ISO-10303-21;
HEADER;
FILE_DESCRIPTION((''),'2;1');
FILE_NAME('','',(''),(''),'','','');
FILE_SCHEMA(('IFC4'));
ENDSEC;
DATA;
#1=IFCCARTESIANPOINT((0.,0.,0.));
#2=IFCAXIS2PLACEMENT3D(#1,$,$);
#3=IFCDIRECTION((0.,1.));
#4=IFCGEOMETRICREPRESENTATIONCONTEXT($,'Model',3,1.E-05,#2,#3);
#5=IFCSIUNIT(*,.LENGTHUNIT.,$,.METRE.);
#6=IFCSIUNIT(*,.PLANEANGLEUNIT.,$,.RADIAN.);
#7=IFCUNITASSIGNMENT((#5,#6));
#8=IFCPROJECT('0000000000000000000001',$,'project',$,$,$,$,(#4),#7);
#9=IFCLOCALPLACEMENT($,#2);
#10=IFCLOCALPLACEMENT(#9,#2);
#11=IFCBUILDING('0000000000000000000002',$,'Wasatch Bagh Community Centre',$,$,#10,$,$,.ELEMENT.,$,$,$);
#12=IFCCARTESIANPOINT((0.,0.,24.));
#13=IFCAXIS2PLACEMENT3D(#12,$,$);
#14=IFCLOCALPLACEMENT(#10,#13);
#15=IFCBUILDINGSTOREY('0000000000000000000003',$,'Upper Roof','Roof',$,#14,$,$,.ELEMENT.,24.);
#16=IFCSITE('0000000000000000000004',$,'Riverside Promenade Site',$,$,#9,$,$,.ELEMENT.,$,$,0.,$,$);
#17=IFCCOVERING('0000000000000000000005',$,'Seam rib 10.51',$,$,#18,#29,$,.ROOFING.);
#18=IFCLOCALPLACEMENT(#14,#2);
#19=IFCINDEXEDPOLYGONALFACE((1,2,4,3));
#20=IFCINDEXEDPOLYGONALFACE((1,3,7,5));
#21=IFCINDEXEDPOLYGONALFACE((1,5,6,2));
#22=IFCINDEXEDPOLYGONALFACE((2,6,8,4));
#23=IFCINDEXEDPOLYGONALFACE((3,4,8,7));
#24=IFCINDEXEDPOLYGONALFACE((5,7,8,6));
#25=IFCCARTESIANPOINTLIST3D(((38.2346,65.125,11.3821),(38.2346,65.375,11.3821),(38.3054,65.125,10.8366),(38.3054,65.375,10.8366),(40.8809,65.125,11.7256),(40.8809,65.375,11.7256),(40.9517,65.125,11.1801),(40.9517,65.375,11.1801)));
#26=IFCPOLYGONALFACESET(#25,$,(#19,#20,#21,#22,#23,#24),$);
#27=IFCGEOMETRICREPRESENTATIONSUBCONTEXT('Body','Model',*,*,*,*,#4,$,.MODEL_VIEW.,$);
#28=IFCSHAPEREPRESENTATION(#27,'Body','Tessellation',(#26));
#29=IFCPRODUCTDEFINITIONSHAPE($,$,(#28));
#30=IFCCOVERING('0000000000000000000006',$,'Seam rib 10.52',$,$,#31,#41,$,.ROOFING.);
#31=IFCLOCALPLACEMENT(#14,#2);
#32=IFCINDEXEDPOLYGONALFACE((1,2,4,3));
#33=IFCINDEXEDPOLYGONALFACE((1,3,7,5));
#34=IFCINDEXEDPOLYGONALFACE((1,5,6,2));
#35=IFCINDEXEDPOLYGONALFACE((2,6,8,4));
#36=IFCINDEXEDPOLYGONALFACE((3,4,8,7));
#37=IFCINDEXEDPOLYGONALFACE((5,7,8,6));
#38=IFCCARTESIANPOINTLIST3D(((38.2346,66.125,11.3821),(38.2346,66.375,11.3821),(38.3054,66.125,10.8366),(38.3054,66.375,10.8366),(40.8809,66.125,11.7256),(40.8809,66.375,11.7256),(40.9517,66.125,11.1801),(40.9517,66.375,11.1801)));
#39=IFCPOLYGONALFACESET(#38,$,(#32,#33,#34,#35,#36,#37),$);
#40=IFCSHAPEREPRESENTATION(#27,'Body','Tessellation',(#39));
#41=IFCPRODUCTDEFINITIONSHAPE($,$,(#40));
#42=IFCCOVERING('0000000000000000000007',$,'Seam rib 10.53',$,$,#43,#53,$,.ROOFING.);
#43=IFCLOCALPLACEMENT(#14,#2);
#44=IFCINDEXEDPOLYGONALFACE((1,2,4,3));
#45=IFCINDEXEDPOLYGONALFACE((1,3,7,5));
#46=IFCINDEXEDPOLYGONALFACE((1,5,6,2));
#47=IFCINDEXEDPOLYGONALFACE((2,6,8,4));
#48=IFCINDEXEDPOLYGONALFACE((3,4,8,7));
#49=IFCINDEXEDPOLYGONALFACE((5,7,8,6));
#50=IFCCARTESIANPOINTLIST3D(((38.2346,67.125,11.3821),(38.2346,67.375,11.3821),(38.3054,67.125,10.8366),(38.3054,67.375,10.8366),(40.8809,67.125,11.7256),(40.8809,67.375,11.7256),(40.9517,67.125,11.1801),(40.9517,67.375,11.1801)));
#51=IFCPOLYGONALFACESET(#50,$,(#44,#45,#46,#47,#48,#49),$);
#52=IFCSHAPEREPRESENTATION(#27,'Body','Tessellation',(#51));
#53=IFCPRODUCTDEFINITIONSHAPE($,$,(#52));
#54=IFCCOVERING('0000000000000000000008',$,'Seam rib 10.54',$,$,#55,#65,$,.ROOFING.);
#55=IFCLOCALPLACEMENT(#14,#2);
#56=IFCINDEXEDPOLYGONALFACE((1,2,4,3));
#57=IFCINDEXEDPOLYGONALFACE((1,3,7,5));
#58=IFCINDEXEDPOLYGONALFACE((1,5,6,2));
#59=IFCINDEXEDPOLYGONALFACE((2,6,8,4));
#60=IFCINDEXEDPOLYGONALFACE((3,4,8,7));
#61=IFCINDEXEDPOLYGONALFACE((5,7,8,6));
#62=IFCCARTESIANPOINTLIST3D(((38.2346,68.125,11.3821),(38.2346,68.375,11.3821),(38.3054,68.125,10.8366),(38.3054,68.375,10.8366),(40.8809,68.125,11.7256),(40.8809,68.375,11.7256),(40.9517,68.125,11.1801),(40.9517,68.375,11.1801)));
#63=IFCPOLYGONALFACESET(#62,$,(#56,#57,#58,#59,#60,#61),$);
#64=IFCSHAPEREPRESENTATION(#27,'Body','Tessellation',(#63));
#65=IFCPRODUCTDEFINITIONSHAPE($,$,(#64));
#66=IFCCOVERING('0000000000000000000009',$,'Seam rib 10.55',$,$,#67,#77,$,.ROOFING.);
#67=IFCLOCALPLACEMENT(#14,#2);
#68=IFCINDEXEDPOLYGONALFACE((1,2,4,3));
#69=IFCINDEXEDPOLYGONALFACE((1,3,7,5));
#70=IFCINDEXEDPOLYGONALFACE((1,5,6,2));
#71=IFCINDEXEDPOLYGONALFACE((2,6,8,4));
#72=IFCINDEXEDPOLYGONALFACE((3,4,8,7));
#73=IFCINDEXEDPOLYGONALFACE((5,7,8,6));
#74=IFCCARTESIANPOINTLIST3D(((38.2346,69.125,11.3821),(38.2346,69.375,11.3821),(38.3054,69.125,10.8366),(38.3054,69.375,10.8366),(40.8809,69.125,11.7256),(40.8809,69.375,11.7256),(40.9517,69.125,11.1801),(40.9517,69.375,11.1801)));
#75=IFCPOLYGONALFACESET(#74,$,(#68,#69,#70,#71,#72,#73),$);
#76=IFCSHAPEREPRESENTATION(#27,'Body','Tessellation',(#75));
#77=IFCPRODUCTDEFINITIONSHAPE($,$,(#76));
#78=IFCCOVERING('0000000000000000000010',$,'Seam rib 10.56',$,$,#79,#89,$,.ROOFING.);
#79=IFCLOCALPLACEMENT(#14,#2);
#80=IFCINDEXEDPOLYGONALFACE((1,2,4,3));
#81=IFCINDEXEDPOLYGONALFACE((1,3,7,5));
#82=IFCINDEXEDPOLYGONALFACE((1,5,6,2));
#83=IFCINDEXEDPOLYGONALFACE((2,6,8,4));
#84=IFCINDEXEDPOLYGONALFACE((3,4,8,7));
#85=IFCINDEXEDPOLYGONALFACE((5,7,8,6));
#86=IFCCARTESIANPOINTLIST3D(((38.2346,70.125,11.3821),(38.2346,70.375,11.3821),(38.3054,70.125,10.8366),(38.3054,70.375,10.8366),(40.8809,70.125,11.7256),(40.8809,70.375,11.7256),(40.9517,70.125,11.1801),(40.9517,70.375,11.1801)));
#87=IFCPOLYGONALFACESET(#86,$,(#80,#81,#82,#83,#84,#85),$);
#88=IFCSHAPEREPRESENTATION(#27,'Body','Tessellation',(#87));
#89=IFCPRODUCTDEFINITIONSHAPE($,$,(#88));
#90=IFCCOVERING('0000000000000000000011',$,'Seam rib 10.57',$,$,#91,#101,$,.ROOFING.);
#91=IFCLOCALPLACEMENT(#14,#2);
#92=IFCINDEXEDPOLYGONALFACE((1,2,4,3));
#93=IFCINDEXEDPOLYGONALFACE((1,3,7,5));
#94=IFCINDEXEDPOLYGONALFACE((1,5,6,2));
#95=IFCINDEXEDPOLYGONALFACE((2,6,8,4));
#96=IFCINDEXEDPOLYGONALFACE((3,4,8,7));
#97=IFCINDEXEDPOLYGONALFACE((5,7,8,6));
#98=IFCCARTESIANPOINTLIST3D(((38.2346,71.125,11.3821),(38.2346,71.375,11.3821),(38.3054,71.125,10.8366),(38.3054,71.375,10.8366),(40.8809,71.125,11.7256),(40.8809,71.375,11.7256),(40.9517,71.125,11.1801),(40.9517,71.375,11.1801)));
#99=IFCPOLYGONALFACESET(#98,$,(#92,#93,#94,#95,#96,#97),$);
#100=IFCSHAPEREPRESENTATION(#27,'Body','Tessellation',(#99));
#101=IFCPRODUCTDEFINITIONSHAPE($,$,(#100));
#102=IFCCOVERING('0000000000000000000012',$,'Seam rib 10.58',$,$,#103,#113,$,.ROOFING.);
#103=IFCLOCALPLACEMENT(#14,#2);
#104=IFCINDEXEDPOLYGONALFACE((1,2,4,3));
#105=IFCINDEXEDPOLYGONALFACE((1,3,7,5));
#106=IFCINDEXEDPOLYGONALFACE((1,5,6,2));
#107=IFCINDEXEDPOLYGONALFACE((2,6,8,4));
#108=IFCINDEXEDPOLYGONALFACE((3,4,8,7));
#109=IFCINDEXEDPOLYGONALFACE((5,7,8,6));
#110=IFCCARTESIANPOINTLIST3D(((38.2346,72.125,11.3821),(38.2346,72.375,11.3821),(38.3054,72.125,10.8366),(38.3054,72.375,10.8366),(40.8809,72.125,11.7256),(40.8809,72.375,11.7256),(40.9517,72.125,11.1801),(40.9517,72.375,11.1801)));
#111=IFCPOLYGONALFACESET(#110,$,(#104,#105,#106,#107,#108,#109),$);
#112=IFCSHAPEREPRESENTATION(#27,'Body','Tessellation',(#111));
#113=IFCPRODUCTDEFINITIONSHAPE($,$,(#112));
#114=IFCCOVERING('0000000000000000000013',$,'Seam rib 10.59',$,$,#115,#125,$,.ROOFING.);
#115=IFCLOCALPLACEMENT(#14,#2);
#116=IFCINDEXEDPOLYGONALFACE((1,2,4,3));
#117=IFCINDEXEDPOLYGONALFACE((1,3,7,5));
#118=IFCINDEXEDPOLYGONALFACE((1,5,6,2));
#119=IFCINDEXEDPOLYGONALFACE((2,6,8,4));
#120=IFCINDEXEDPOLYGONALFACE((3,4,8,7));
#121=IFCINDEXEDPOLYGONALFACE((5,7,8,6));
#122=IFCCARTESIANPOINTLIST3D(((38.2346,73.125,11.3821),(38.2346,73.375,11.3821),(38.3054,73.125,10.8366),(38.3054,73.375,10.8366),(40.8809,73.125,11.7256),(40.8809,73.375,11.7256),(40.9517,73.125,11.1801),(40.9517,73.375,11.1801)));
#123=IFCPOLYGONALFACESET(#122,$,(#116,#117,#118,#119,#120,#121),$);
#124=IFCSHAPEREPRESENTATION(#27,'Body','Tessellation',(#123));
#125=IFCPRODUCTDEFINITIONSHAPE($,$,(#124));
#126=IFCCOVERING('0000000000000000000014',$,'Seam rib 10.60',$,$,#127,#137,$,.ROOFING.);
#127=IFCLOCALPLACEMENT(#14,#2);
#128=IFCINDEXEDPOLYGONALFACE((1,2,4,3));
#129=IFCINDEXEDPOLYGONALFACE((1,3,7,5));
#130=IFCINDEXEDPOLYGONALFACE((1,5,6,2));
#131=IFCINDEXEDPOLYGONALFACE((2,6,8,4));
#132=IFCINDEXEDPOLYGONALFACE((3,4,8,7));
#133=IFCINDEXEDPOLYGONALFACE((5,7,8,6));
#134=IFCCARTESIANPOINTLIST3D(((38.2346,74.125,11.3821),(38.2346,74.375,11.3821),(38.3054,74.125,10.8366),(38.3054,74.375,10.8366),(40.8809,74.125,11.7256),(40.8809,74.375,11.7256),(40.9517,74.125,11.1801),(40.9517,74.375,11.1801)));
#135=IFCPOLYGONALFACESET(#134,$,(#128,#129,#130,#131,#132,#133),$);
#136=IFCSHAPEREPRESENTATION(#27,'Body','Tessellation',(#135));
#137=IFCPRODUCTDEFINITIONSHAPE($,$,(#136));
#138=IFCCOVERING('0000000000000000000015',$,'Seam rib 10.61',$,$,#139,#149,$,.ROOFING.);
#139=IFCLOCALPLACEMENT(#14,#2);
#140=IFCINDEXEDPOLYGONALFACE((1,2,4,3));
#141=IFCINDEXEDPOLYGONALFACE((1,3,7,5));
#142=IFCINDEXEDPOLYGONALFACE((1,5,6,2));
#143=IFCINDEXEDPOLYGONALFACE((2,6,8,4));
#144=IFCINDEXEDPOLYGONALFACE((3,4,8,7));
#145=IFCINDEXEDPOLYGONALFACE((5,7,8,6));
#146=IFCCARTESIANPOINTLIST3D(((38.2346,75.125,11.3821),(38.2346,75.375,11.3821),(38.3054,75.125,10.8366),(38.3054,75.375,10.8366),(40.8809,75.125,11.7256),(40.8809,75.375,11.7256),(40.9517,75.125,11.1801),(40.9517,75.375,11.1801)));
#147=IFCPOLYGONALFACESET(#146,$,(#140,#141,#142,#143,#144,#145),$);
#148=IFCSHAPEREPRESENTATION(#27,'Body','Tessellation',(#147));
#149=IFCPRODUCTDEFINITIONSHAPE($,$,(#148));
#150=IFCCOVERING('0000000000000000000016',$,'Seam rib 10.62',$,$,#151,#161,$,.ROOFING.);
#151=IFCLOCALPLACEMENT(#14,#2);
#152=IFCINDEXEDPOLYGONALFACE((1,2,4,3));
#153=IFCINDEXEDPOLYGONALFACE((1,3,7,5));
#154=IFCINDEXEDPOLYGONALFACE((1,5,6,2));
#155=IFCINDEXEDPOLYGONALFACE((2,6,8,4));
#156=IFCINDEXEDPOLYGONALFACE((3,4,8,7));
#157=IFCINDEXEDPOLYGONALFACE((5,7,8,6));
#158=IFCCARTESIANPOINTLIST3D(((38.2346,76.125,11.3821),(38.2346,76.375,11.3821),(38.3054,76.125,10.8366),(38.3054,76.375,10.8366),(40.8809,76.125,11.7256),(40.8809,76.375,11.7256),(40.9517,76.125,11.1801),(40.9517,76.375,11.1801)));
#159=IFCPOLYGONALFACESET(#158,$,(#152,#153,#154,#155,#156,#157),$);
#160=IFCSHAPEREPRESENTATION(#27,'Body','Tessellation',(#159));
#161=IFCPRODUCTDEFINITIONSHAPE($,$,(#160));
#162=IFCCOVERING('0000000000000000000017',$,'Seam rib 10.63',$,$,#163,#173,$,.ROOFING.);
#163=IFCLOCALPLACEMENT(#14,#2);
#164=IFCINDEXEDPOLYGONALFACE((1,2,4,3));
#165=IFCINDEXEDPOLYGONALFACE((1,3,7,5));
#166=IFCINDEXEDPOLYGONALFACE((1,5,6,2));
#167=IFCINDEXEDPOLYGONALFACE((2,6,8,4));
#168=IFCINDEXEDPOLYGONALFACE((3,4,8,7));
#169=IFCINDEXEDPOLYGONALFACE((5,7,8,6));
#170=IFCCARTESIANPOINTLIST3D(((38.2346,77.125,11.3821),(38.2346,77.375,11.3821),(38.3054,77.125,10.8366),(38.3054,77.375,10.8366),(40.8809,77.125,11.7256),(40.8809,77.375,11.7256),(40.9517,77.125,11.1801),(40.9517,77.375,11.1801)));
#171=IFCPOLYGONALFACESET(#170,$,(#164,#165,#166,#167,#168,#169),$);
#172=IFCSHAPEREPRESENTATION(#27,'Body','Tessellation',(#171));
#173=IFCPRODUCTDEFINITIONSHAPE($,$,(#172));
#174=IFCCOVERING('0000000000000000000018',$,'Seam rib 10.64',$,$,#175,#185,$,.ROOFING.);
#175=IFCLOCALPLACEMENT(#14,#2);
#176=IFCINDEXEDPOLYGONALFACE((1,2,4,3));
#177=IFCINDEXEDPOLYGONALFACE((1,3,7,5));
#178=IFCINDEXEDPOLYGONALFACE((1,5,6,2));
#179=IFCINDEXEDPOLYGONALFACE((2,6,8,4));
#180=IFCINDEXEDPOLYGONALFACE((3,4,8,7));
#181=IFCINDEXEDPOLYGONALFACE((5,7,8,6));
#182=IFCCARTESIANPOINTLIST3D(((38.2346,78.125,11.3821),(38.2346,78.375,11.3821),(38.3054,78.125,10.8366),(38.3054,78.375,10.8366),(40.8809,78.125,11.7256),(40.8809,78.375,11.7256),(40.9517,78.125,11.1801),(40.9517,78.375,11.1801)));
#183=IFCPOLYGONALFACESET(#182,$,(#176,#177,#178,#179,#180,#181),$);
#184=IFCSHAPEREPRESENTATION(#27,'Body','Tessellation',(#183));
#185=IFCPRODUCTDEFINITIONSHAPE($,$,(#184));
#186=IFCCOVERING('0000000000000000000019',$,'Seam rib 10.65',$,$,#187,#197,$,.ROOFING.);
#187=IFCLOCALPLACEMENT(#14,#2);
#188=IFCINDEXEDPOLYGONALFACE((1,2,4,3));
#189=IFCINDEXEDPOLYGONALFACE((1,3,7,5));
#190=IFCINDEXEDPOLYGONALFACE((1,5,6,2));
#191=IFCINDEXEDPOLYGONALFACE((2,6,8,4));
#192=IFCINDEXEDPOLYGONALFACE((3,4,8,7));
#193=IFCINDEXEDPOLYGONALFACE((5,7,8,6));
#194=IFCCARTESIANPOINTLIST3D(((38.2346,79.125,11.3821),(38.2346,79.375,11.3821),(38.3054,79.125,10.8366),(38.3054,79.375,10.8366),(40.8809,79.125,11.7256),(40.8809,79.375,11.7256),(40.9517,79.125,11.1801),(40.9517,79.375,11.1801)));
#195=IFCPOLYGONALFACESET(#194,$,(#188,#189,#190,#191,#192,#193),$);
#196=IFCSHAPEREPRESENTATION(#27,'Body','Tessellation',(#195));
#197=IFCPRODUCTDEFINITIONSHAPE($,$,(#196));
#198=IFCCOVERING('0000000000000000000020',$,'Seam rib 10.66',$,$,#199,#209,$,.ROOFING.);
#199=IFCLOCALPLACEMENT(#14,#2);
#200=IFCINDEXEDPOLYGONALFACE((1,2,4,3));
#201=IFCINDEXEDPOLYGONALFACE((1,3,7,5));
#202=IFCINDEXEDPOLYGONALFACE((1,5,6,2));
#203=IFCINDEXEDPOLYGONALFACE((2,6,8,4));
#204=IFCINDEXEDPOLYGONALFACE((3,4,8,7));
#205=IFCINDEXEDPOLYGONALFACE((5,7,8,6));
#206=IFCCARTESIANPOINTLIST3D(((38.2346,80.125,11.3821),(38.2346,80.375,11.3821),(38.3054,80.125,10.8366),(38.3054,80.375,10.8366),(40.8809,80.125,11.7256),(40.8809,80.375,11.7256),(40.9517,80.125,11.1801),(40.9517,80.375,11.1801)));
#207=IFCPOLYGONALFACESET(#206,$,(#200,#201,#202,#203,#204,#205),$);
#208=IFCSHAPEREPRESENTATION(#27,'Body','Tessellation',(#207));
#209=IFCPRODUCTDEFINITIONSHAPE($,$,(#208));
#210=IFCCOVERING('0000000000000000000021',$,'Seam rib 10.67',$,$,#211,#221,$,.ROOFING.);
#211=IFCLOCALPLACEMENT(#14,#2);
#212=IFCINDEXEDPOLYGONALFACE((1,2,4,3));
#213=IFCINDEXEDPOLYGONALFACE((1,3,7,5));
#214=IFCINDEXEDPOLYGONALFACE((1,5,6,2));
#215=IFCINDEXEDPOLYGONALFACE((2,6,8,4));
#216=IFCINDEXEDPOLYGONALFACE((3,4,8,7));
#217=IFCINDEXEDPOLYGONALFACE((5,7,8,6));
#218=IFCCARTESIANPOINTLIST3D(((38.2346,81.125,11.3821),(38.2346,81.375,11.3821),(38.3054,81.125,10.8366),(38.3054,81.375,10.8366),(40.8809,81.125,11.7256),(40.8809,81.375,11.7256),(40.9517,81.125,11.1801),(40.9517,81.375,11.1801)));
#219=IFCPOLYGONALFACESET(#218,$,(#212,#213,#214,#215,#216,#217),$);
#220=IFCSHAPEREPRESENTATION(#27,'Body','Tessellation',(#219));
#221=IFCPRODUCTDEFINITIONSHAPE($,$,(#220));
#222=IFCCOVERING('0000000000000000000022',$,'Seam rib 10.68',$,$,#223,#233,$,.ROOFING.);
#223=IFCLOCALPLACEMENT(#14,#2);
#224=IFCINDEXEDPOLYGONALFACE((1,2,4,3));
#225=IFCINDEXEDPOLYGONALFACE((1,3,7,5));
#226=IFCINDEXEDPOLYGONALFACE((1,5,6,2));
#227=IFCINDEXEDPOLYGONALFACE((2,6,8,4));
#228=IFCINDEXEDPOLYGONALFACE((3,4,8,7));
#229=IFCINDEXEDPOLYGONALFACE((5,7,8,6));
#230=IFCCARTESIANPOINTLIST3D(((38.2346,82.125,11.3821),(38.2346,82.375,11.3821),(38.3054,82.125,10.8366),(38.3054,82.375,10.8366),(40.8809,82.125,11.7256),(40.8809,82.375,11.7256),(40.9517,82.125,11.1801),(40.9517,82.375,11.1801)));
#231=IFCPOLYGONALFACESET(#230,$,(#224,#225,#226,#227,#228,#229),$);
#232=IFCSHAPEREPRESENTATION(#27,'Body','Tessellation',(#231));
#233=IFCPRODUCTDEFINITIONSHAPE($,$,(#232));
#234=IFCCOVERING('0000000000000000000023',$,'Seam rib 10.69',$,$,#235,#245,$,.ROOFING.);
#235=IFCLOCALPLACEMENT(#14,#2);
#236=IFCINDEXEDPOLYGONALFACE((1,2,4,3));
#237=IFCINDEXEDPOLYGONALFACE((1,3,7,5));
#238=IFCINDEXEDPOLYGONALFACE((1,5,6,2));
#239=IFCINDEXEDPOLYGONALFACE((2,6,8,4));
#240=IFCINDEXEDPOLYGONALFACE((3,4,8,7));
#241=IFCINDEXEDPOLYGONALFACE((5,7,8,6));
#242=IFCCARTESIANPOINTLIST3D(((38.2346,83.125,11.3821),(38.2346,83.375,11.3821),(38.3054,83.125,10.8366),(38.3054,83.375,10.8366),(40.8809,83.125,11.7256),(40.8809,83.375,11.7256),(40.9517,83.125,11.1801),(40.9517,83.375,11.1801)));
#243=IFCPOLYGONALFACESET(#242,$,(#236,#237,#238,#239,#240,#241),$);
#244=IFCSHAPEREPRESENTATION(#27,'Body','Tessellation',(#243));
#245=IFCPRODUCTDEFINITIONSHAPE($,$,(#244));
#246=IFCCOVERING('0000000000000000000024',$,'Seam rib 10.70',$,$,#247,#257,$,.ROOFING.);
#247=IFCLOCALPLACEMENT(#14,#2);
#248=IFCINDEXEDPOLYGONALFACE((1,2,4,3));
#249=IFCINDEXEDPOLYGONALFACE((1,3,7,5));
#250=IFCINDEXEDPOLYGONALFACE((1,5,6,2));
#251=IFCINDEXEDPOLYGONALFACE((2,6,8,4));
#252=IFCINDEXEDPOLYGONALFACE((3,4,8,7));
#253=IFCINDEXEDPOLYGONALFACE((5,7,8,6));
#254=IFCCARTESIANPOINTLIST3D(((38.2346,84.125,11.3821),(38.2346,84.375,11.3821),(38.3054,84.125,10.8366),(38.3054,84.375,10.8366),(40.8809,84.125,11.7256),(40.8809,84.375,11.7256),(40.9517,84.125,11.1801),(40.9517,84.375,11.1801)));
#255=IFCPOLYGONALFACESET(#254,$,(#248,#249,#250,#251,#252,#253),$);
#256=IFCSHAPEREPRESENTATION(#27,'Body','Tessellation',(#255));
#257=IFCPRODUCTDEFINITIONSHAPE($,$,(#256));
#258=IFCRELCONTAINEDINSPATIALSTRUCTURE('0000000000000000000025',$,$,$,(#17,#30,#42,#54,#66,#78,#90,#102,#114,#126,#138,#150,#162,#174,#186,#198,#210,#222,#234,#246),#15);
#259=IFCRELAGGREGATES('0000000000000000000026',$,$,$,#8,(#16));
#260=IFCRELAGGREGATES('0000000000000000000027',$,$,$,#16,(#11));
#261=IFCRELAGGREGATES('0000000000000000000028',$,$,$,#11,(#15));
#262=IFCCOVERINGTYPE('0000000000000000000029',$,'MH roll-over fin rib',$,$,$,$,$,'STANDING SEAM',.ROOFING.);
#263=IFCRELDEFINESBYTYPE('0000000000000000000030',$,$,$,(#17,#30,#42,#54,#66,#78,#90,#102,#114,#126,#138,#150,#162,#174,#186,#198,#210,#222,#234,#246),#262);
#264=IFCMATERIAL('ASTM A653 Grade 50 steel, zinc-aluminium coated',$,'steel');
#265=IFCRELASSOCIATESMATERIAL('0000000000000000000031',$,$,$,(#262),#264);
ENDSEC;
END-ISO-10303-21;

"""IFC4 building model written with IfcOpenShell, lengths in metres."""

from ifc_helpers import new_model, si_unit, direction, frame, origin, place, context, subcontext, project, spatial, polyline, outline, extrude, material, type_object, element, save


model = new_model("IFC4")

# Units and contexts
model_context = context("Model", 3, precision=1e-05, world=origin(), true_north=direction((0.0, 1.0)))
body_context = subcontext(model_context, "Body", "Model", "MODEL_VIEW")
ifc_project = project(units=[si_unit("LENGTHUNIT", "METRE"), si_unit("PLANEANGLEUNIT", "RADIAN")], contexts=[model_context])

# Site, building, storey
site_placement = place(None, origin())
site = spatial("IfcSite", under=ifc_project, at=site_placement, Name="Riverside Promenade Site", CompositionType="ELEMENT", RefElevation=0.0)
building_placement = place(site_placement, origin())
building = spatial("IfcBuilding", under=site, at=building_placement, Name="Wasatch Bagh Community Centre", CompositionType="ELEMENT")
storey_placement = place(building_placement, frame((0.0, 0.0, 24.0)))
storey = spatial("IfcBuildingStorey", under=building, at=storey_placement, Name="Upper Roof", Description="Roof", CompositionType="ELEMENT", Elevation=24.0)

# Coverings
ifc_material_1 = material(Name="ASTM A653 Grade 50 steel, zinc-aluminium coated", Category="steel")
covering_type = type_object("IfcCoveringType", Name="MH roll-over fin rib", ElementType="STANDING SEAM", PredefinedType="ROOFING", material=ifc_material_1)
for number, where, z_axis, x_axis, name in (
    (1, (38.2346, 65.125, 11.3821), (-0.128729, 0.0, 0.99168), (0.99168, 0.0, 0.128729), "Seam rib 10.51"),
    (2, (38.2346, 66.125, 11.3821), (-0.128729, 0.0, 0.99168), (0.99168, 0.0, 0.128729), "Seam rib 10.52"),
    (3, (38.2346, 67.125, 11.3821), (-0.128729, 0.0, 0.99168), (0.99168, 0.0, 0.128729), "Seam rib 10.53"),
    (4, (38.2346, 68.125, 11.3821), (-0.128729, 0.0, 0.99168), (0.99168, 0.0, 0.128729), "Seam rib 10.54"),
    (5, (38.2346, 69.125, 11.3821), (-0.128729, 0.0, 0.99168), (0.99168, 0.0, 0.128729), "Seam rib 10.55"),
    (6, (38.2346, 70.125, 11.3821), (-0.128729, 0.0, 0.99168), (0.99168, 0.0, 0.128729), "Seam rib 10.56"),
    (7, (38.2346, 71.125, 11.3821), (-0.128729, 0.0, 0.99168), (0.99168, 0.0, 0.128729), "Seam rib 10.57"),
    (8, (38.2346, 72.125, 11.3821), (-0.128729, 0.0, 0.99168), (0.99168, 0.0, 0.128729), "Seam rib 10.58"),
    (9, (38.2346, 73.125, 11.3821), (-0.128729, 0.0, 0.99168), (0.99168, 0.0, 0.128729), "Seam rib 10.59"),
    (10, (38.2346, 74.125, 11.3821), (-0.128729, 0.0, 0.99168), (0.99168, 0.0, 0.128729), "Seam rib 10.60"),
    (11, (38.2346, 75.125, 11.3821), (-0.128729, 0.0, 0.99168), (0.99168, 0.0, 0.128729), "Seam rib 10.61"),
    (12, (38.2346, 76.125, 11.3821), (-0.128729, 0.0, 0.99168), (0.99168, 0.0, 0.128729), "Seam rib 10.62"),
    (13, (38.2346, 77.125, 11.3821), (-0.128729, 0.0, 0.99168), (0.99168, 0.0, 0.128729), "Seam rib 10.63"),
    (14, (38.2346, 78.125, 11.3821), (-0.128729, 0.0, 0.99168), (0.99168, 0.0, 0.128729), "Seam rib 10.64"),
    (15, (38.2346, 79.125, 11.3821), (-0.128729, 0.0, 0.99168), (0.99168, 0.0, 0.128729), "Seam rib 10.65"),
    (16, (38.2346, 80.125, 11.3821), (-0.128729, 0.0, 0.99168), (0.99168, 0.0, 0.128729), "Seam rib 10.66"),
    (17, (38.2346, 81.125, 11.3821), (-0.128729, 0.0, 0.99168), (0.99168, 0.0, 0.128729), "Seam rib 10.67"),
    (18, (38.2346, 82.125, 11.3821), (-0.128729, 0.0, 0.99168), (0.99168, 0.0, 0.128729), "Seam rib 10.68"),
    (19, (38.2346, 83.125, 11.3821), (-0.128729, 0.0, 0.99168), (0.99168, 0.0, 0.128729), "Seam rib 10.69"),
    (20, (38.2346, 84.125, 11.3821), (-0.128729, 0.0, 0.99168), (0.99168, 0.0, 0.128729), "Seam rib 10.70"),
):
    element("IfcCovering", number, at=place(storey_placement, frame(where, z_axis=z_axis, x_axis=x_axis)), inside=storey, type_object=covering_type, Name=name, PredefinedType="ROOFING", context=body_context, shape_type="SweptSolid", body=[
        extrude(outline(polyline([(0.0, 0.0), (2.6684, 0.0), (2.6684, 0.25), (0.0, 0.25), (0.0, 0.0)])), origin(), (0.0, 0.0, -1.0), 0.55),
    ])

save(model, "model.ifc")
